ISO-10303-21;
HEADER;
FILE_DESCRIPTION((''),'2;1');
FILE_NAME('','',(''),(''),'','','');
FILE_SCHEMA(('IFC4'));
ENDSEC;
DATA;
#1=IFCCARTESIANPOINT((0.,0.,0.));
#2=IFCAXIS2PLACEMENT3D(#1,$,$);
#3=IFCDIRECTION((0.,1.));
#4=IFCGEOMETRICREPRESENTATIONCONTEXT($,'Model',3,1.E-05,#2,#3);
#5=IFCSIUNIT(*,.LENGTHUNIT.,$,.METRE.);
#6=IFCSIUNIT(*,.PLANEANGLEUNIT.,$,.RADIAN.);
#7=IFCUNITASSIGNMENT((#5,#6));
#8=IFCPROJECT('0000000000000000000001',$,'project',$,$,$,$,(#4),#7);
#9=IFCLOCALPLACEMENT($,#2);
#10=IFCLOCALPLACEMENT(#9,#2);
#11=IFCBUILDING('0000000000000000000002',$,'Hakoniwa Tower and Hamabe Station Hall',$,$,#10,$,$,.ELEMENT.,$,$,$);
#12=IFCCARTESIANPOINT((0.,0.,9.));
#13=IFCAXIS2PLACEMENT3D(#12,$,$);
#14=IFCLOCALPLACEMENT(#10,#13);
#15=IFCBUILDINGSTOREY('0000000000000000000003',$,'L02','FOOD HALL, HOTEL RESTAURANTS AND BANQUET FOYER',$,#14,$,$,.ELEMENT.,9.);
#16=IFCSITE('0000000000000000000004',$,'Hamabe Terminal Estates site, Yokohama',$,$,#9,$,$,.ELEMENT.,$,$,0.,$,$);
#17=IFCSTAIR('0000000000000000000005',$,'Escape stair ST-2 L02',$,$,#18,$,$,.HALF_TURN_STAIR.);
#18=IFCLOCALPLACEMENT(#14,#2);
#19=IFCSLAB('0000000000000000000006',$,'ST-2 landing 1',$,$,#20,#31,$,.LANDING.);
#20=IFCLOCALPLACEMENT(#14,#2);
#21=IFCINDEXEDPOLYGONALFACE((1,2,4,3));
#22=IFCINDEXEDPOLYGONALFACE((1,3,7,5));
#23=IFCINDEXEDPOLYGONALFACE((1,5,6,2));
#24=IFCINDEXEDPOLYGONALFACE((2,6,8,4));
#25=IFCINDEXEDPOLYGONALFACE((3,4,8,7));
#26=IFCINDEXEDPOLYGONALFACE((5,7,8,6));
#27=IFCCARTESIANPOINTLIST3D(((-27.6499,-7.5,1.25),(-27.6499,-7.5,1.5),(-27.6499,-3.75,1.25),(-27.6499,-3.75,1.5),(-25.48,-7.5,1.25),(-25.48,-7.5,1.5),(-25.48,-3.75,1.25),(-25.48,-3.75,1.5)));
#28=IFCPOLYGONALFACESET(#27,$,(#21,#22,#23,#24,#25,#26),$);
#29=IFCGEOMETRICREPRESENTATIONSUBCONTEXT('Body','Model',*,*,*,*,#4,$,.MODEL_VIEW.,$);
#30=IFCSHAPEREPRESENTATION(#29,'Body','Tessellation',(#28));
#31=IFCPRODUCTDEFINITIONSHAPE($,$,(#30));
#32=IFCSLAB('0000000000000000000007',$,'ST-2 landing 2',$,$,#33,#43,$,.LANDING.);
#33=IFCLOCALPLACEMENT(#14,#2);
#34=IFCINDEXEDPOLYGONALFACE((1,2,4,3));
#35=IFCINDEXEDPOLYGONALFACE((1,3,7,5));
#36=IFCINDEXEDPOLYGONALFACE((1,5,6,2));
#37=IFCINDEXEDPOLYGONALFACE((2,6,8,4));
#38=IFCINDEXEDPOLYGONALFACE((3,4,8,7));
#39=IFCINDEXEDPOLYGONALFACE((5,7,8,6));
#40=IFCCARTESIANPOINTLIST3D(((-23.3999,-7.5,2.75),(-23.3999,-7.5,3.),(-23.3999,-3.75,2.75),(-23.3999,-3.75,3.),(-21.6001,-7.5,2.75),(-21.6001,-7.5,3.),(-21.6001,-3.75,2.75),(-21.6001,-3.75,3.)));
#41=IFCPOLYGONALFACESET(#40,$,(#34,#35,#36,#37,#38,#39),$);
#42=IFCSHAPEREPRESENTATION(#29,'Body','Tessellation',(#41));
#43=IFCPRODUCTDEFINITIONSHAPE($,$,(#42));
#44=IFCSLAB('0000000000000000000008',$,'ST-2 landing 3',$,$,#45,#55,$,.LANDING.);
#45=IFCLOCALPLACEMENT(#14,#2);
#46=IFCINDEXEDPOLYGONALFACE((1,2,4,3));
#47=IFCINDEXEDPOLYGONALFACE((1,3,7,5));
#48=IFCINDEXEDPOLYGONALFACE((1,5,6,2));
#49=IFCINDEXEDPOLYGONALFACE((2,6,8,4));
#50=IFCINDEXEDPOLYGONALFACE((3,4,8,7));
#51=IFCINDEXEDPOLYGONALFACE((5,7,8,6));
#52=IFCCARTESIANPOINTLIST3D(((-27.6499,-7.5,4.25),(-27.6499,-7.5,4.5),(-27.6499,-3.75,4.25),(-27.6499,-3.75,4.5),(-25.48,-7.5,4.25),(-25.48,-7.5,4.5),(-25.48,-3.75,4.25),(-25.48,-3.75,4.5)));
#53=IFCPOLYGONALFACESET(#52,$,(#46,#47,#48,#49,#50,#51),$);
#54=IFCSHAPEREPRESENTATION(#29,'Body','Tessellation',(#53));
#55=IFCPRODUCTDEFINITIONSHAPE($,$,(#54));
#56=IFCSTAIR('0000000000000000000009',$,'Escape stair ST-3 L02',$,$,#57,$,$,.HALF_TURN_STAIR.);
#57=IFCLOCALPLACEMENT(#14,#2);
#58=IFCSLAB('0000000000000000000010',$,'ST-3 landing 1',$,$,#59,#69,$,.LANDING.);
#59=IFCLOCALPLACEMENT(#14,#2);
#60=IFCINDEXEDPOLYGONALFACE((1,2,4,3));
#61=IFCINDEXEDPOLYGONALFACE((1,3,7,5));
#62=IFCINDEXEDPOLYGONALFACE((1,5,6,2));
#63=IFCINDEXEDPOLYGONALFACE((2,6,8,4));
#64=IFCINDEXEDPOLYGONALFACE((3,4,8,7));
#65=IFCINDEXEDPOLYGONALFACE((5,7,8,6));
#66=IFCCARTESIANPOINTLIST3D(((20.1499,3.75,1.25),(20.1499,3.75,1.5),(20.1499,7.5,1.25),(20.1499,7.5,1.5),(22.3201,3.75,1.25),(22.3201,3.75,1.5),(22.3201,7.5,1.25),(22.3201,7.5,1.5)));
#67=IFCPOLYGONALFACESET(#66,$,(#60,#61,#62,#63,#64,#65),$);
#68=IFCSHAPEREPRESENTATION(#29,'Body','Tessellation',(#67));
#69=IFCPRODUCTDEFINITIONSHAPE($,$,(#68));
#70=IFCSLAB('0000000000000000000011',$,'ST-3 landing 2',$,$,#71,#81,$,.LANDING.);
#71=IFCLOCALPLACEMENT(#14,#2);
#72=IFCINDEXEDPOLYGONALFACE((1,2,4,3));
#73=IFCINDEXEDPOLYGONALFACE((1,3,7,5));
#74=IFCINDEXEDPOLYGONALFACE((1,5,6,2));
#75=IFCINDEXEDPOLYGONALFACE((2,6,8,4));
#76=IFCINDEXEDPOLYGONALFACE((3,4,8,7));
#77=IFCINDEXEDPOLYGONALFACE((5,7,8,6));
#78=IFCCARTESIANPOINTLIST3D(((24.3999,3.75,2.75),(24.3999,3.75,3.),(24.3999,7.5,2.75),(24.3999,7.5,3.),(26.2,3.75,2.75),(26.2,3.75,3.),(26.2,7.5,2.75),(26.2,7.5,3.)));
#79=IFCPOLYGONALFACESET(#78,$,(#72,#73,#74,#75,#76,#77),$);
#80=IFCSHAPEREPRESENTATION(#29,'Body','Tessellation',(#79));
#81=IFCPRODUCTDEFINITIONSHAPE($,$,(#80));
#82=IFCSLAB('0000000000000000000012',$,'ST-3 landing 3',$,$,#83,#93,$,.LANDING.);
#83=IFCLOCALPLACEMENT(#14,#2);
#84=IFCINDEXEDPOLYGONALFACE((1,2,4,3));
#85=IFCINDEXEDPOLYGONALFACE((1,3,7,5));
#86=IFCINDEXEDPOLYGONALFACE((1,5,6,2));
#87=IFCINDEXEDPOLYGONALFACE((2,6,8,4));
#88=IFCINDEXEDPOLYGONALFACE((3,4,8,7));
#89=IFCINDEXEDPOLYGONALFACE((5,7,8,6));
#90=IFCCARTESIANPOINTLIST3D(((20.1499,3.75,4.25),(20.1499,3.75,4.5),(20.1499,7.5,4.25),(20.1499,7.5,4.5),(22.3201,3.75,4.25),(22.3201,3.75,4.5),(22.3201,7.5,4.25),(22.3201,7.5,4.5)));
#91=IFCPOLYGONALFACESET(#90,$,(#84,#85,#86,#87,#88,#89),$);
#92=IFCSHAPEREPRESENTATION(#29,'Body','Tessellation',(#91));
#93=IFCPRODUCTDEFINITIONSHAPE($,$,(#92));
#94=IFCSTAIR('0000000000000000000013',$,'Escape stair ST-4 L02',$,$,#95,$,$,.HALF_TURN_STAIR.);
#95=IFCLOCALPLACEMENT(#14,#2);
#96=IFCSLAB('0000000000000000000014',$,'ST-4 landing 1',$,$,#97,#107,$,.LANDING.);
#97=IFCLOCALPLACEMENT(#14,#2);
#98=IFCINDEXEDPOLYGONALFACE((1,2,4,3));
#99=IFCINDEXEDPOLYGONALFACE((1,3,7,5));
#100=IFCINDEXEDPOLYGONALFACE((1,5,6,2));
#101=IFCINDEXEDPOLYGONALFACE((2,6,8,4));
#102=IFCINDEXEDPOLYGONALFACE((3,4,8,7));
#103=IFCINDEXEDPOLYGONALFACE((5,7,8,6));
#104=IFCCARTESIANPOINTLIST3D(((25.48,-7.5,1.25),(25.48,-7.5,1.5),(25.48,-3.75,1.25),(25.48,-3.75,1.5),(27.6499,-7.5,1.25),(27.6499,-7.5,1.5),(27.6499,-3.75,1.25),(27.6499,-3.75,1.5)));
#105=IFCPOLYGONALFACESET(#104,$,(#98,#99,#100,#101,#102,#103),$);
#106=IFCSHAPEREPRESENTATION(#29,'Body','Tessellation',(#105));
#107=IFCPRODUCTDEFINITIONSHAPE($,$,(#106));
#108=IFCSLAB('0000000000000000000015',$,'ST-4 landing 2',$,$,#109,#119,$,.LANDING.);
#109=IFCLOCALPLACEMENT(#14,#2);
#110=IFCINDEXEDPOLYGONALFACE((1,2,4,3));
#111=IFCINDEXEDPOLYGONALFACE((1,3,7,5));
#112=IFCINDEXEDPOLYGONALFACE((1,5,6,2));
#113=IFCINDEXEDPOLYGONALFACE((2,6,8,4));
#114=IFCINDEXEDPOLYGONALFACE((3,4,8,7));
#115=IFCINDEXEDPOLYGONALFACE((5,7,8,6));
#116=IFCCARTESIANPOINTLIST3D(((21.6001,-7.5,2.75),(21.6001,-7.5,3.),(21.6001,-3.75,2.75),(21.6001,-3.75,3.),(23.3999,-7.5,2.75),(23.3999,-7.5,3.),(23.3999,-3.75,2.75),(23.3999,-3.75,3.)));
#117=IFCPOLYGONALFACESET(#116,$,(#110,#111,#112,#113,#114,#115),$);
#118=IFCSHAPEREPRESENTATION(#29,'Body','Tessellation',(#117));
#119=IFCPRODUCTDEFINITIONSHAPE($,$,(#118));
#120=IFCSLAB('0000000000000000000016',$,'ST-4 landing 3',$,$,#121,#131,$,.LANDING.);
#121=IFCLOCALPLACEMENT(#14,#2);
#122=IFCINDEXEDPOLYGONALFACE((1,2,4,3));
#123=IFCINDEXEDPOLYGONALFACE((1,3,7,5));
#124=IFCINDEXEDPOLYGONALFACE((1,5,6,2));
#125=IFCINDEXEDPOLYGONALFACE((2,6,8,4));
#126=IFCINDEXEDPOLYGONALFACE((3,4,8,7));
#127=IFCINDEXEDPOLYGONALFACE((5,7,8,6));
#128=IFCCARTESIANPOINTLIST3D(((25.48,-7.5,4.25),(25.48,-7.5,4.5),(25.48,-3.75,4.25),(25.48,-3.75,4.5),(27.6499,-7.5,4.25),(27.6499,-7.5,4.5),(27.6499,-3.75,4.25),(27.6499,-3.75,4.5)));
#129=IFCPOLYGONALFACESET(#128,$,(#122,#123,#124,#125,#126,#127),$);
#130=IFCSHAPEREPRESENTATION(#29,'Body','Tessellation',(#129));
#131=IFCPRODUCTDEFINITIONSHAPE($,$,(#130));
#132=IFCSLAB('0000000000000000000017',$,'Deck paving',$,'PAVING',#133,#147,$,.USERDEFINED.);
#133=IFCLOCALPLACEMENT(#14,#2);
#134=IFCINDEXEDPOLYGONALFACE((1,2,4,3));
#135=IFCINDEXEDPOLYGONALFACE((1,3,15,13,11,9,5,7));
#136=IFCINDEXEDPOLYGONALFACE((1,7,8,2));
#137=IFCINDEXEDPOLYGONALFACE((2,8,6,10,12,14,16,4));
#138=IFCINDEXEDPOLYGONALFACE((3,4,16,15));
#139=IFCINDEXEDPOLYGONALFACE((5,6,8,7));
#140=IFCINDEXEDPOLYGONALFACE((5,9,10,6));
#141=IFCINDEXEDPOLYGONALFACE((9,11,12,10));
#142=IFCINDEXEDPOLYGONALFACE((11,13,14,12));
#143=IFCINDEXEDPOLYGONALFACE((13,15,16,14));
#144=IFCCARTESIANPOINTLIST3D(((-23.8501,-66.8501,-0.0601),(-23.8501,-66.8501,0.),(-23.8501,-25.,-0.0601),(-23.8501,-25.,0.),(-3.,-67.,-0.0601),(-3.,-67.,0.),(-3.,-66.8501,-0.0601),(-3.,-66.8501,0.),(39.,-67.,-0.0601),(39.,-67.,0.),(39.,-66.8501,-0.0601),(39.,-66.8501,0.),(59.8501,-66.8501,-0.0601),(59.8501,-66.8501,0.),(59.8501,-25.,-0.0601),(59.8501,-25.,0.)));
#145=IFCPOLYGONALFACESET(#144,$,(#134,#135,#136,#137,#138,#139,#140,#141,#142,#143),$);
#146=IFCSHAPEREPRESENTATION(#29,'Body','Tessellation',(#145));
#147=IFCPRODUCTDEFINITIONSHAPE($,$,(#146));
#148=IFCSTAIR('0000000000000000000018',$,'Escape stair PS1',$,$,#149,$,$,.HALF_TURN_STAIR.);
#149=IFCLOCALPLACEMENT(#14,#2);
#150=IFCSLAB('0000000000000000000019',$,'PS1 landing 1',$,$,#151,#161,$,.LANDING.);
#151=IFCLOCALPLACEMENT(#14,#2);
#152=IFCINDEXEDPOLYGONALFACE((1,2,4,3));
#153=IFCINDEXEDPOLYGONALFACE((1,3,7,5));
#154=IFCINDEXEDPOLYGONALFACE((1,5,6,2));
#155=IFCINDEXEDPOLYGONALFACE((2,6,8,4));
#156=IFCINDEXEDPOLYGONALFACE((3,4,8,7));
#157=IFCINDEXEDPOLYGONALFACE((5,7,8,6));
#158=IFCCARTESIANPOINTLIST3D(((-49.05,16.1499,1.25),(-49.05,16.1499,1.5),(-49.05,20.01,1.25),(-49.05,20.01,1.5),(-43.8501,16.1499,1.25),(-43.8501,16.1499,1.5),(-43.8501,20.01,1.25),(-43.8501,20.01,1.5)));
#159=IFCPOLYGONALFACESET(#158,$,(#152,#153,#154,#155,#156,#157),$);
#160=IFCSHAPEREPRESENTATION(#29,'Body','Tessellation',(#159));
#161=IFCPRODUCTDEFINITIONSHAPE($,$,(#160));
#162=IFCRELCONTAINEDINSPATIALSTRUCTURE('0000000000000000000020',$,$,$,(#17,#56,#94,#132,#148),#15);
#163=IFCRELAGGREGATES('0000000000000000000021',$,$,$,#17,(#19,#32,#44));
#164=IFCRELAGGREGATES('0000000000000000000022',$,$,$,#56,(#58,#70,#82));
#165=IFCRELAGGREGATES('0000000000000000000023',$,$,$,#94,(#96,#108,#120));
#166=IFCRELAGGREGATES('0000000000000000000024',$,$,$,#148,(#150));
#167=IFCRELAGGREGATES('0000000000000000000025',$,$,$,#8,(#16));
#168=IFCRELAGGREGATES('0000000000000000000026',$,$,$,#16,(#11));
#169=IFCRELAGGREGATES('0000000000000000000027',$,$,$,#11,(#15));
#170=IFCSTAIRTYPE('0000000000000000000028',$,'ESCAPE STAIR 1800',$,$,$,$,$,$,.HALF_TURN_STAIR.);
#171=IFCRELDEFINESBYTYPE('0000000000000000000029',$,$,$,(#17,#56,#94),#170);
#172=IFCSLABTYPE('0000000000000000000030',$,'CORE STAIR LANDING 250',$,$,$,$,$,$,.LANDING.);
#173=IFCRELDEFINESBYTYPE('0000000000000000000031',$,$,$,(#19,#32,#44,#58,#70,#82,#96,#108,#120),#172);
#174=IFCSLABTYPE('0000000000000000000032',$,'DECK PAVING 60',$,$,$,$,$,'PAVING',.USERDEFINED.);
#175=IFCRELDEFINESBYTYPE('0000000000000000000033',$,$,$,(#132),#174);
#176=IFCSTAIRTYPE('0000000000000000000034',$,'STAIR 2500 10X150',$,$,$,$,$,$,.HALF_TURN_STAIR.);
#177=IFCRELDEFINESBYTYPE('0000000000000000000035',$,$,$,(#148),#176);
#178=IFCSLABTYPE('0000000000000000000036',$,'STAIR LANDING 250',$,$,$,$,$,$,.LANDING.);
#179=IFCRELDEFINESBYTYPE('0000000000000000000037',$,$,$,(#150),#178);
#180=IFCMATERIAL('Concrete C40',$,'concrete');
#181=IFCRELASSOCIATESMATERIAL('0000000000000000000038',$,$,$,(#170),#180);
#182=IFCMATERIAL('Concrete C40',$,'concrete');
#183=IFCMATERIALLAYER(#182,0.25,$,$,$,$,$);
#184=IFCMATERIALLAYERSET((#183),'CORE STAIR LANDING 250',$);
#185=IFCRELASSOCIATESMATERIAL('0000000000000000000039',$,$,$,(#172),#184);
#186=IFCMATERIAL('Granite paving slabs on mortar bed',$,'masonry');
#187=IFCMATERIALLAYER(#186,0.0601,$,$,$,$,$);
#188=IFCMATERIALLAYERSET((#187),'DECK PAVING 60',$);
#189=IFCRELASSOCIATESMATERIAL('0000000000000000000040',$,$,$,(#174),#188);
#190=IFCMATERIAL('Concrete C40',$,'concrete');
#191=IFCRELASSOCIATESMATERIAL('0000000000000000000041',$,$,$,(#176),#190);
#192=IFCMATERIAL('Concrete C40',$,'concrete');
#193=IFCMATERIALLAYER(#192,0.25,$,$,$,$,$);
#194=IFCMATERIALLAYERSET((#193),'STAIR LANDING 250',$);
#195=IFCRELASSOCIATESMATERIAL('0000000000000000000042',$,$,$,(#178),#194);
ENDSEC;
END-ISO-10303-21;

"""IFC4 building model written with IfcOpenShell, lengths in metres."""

from ifc_helpers import new_model, si_unit, direction, frame, origin, place, context, subcontext, project, spatial, polyline, outline, extrude, material, layer, layer_set, type_object, element, aggregate, save


model = new_model("IFC4")

# Units and contexts
model_context = context("Model", 3, precision=1e-05, world=origin(), true_north=direction((0.0, 1.0)))
body_context = subcontext(model_context, "Body", "Model", "MODEL_VIEW")
ifc_project = project(units=[si_unit("LENGTHUNIT", "METRE"), si_unit("PLANEANGLEUNIT", "RADIAN")], contexts=[model_context])

# Site, building, storey
site_placement = place(None, origin())
site = spatial("IfcSite", under=ifc_project, at=site_placement, Name="Hamabe Terminal Estates site, Yokohama", CompositionType="ELEMENT", RefElevation=0.0)
building_placement = place(site_placement, origin())
building = spatial("IfcBuilding", under=site, at=building_placement, Name="Hakoniwa Tower and Hamabe Station Hall", CompositionType="ELEMENT")
storey_placement = place(building_placement, frame((0.0, 0.0, 9.0)))
storey = spatial("IfcBuildingStorey", under=building, at=storey_placement, Name="L02", Description="FOOD HALL, HOTEL RESTAURANTS AND BANQUET FOYER", CompositionType="ELEMENT", Elevation=9.0)

# Stairs, slabs
ifc_material_1 = material(Name="Concrete C40", Category="concrete")
stair_type_1 = type_object("IfcStairType", Name="ESCAPE STAIR 1800", PredefinedType="HALF_TURN_STAIR", material=ifc_material_1)
ifc_material_2 = material(Name="Concrete C40", Category="concrete")
ifc_layer_1 = layer(ifc_material_2, 0.25)
ifc_layer_set_1 = layer_set([ifc_layer_1], Name="CORE STAIR LANDING 250")
slab_type_1 = type_object("IfcSlabType", Name="CORE STAIR LANDING 250", PredefinedType="LANDING", material=ifc_layer_set_1)
stair_1_placement = place(storey_placement, origin())
stair_1 = element("IfcStair", 1, at=stair_1_placement, inside=storey, type_object=stair_type_1, Name="Escape stair ST-2 L02", PredefinedType="HALF_TURN_STAIR")
slab_1_placement = place(storey_placement, frame((0.0, 0.0, 1.25)))
slab_1 = element("IfcSlab", 2, at=slab_1_placement, type_object=slab_type_1, Name="ST-2 landing 1", PredefinedType="LANDING", context=body_context, shape_type="SweptSolid", body=[
    extrude(outline(polyline([(-25.48, -7.5), (-27.6499, -7.5), (-27.6499, -3.75), (-25.48, -3.75), (-25.48, -7.5)])), origin(), (0.0, 0.0, 1.0), 0.25),
])
slab_2_placement = place(storey_placement, frame((0.0, 0.0, 2.75)))
slab_2 = element("IfcSlab", 3, at=slab_2_placement, type_object=slab_type_1, Name="ST-2 landing 2", PredefinedType="LANDING", context=body_context, shape_type="SweptSolid", body=[
    extrude(outline(polyline([(-21.6001, -7.5), (-23.3999, -7.5), (-23.3999, -3.75), (-21.6001, -3.75), (-21.6001, -7.5)])), origin(), (0.0, 0.0, 1.0), 0.25),
])
slab_3_placement = place(storey_placement, frame((0.0, 0.0, 4.25)))
slab_3 = element("IfcSlab", 4, at=slab_3_placement, type_object=slab_type_1, Name="ST-2 landing 3", PredefinedType="LANDING", context=body_context, shape_type="SweptSolid", body=[
    extrude(outline(polyline([(-25.48, -7.5), (-27.6499, -7.5), (-27.6499, -3.75), (-25.48, -3.75), (-25.48, -7.5)])), origin(), (0.0, 0.0, 1.0), 0.25),
])
aggregate(stair_1, [slab_1, slab_2, slab_3])
stair_2_placement = place(storey_placement, origin())
stair_2 = element("IfcStair", 5, at=stair_2_placement, inside=storey, type_object=stair_type_1, Name="Escape stair ST-3 L02", PredefinedType="HALF_TURN_STAIR")
slab_4_placement = place(storey_placement, frame((0.0, 0.0, 1.25)))
slab_4 = element("IfcSlab", 6, at=slab_4_placement, type_object=slab_type_1, Name="ST-3 landing 1", PredefinedType="LANDING", context=body_context, shape_type="SweptSolid", body=[
    extrude(outline(polyline([(22.3201, 3.75), (20.1499, 3.75), (20.1499, 7.5), (22.3201, 7.5), (22.3201, 3.75)])), origin(), (0.0, 0.0, 1.0), 0.25),
])
slab_5_placement = place(storey_placement, frame((0.0, 0.0, 2.75)))
slab_5 = element("IfcSlab", 7, at=slab_5_placement, type_object=slab_type_1, Name="ST-3 landing 2", PredefinedType="LANDING", context=body_context, shape_type="SweptSolid", body=[
    extrude(outline(polyline([(26.2, 3.75), (24.3999, 3.75), (24.3999, 7.5), (26.2, 7.5), (26.2, 3.75)])), origin(), (0.0, 0.0, 1.0), 0.25),
])
slab_6_placement = place(storey_placement, frame((0.0, 0.0, 4.25)))
slab_6 = element("IfcSlab", 8, at=slab_6_placement, type_object=slab_type_1, Name="ST-3 landing 3", PredefinedType="LANDING", context=body_context, shape_type="SweptSolid", body=[
    extrude(outline(polyline([(22.3201, 3.75), (20.1499, 3.75), (20.1499, 7.5), (22.3201, 7.5), (22.3201, 3.75)])), origin(), (0.0, 0.0, 1.0), 0.25),
])
aggregate(stair_2, [slab_4, slab_5, slab_6])
stair_3_placement = place(storey_placement, origin())
stair_3 = element("IfcStair", 9, at=stair_3_placement, inside=storey, type_object=stair_type_1, Name="Escape stair ST-4 L02", PredefinedType="HALF_TURN_STAIR")
slab_7_placement = place(storey_placement, frame((0.0, 0.0, 1.25)))
slab_7 = element("IfcSlab", 10, at=slab_7_placement, type_object=slab_type_1, Name="ST-4 landing 1", PredefinedType="LANDING", context=body_context, shape_type="SweptSolid", body=[
    extrude(outline(polyline([(25.48, -7.5), (27.6499, -7.5), (27.6499, -3.75), (25.48, -3.75), (25.48, -7.5)])), origin(), (0.0, 0.0, 1.0), 0.25),
])
slab_8_placement = place(storey_placement, frame((0.0, 0.0, 2.75)))
slab_8 = element("IfcSlab", 11, at=slab_8_placement, type_object=slab_type_1, Name="ST-4 landing 2", PredefinedType="LANDING", context=body_context, shape_type="SweptSolid", body=[
    extrude(outline(polyline([(21.6001, -7.5), (23.3999, -7.5), (23.3999, -3.75), (21.6001, -3.75), (21.6001, -7.5)])), origin(), (0.0, 0.0, 1.0), 0.25),
])
slab_9_placement = place(storey_placement, frame((0.0, 0.0, 4.25)))
slab_9 = element("IfcSlab", 12, at=slab_9_placement, type_object=slab_type_1, Name="ST-4 landing 3", PredefinedType="LANDING", context=body_context, shape_type="SweptSolid", body=[
    extrude(outline(polyline([(25.48, -7.5), (27.6499, -7.5), (27.6499, -3.75), (25.48, -3.75), (25.48, -7.5)])), origin(), (0.0, 0.0, 1.0), 0.25),
])
aggregate(stair_3, [slab_7, slab_8, slab_9])

# Slab
ifc_material_3 = material(Name="Granite paving slabs on mortar bed", Category="masonry")
ifc_layer_2 = layer(ifc_material_3, 0.0601)
ifc_layer_set_2 = layer_set([ifc_layer_2], Name="DECK PAVING 60")
slab_type_2 = type_object("IfcSlabType", Name="DECK PAVING 60", ElementType="PAVING", PredefinedType="USERDEFINED", material=ifc_layer_set_2)
slab_10_placement = place(storey_placement, frame((0.0, 0.0, -0.0601)))
element("IfcSlab", 13, at=slab_10_placement, inside=storey, type_object=slab_type_2, Name="Deck paving", ObjectType="PAVING", PredefinedType="USERDEFINED", context=body_context, shape_type="SweptSolid", body=[
    extrude(outline(polyline([(59.8501, -25.0), (-23.8501, -25.0), (-23.8501, -66.8501), (-3.0, -66.8501), (-3.0, -67.0), (39.0, -67.0), (39.0, -66.8501), (59.8501, -66.8501), (59.8501, -25.0)])), origin(), (0.0, 0.0, 1.0), 0.0601),
])

# Stair, slab
ifc_material_4 = material(Name="Concrete C40", Category="concrete")
stair_type_2 = type_object("IfcStairType", Name="STAIR 2500 10X150", PredefinedType="HALF_TURN_STAIR", material=ifc_material_4)
stair_4_placement = place(storey_placement, origin())
stair_4 = element("IfcStair", 14, at=stair_4_placement, inside=storey, type_object=stair_type_2, Name="Escape stair PS1", PredefinedType="HALF_TURN_STAIR")
ifc_material_5 = material(Name="Concrete C40", Category="concrete")
ifc_layer_3 = layer(ifc_material_5, 0.25)
ifc_layer_set_3 = layer_set([ifc_layer_3], Name="STAIR LANDING 250")
slab_type_3 = type_object("IfcSlabType", Name="STAIR LANDING 250", PredefinedType="LANDING", material=ifc_layer_set_3)
slab_11_placement = place(storey_placement, frame((0.0, 0.0, 1.25)))
slab_11 = element("IfcSlab", 15, at=slab_11_placement, type_object=slab_type_3, Name="PS1 landing 1", PredefinedType="LANDING", context=body_context, shape_type="SweptSolid", body=[
    extrude(outline(polyline([(-49.05, 20.01), (-49.05, 16.1499), (-43.8501, 16.1499), (-43.8501, 20.01), (-49.05, 20.01)])), origin(), (0.0, 0.0, 1.0), 0.25),
])
aggregate(stair_4, [slab_11])

save(model, "model.ifc")
